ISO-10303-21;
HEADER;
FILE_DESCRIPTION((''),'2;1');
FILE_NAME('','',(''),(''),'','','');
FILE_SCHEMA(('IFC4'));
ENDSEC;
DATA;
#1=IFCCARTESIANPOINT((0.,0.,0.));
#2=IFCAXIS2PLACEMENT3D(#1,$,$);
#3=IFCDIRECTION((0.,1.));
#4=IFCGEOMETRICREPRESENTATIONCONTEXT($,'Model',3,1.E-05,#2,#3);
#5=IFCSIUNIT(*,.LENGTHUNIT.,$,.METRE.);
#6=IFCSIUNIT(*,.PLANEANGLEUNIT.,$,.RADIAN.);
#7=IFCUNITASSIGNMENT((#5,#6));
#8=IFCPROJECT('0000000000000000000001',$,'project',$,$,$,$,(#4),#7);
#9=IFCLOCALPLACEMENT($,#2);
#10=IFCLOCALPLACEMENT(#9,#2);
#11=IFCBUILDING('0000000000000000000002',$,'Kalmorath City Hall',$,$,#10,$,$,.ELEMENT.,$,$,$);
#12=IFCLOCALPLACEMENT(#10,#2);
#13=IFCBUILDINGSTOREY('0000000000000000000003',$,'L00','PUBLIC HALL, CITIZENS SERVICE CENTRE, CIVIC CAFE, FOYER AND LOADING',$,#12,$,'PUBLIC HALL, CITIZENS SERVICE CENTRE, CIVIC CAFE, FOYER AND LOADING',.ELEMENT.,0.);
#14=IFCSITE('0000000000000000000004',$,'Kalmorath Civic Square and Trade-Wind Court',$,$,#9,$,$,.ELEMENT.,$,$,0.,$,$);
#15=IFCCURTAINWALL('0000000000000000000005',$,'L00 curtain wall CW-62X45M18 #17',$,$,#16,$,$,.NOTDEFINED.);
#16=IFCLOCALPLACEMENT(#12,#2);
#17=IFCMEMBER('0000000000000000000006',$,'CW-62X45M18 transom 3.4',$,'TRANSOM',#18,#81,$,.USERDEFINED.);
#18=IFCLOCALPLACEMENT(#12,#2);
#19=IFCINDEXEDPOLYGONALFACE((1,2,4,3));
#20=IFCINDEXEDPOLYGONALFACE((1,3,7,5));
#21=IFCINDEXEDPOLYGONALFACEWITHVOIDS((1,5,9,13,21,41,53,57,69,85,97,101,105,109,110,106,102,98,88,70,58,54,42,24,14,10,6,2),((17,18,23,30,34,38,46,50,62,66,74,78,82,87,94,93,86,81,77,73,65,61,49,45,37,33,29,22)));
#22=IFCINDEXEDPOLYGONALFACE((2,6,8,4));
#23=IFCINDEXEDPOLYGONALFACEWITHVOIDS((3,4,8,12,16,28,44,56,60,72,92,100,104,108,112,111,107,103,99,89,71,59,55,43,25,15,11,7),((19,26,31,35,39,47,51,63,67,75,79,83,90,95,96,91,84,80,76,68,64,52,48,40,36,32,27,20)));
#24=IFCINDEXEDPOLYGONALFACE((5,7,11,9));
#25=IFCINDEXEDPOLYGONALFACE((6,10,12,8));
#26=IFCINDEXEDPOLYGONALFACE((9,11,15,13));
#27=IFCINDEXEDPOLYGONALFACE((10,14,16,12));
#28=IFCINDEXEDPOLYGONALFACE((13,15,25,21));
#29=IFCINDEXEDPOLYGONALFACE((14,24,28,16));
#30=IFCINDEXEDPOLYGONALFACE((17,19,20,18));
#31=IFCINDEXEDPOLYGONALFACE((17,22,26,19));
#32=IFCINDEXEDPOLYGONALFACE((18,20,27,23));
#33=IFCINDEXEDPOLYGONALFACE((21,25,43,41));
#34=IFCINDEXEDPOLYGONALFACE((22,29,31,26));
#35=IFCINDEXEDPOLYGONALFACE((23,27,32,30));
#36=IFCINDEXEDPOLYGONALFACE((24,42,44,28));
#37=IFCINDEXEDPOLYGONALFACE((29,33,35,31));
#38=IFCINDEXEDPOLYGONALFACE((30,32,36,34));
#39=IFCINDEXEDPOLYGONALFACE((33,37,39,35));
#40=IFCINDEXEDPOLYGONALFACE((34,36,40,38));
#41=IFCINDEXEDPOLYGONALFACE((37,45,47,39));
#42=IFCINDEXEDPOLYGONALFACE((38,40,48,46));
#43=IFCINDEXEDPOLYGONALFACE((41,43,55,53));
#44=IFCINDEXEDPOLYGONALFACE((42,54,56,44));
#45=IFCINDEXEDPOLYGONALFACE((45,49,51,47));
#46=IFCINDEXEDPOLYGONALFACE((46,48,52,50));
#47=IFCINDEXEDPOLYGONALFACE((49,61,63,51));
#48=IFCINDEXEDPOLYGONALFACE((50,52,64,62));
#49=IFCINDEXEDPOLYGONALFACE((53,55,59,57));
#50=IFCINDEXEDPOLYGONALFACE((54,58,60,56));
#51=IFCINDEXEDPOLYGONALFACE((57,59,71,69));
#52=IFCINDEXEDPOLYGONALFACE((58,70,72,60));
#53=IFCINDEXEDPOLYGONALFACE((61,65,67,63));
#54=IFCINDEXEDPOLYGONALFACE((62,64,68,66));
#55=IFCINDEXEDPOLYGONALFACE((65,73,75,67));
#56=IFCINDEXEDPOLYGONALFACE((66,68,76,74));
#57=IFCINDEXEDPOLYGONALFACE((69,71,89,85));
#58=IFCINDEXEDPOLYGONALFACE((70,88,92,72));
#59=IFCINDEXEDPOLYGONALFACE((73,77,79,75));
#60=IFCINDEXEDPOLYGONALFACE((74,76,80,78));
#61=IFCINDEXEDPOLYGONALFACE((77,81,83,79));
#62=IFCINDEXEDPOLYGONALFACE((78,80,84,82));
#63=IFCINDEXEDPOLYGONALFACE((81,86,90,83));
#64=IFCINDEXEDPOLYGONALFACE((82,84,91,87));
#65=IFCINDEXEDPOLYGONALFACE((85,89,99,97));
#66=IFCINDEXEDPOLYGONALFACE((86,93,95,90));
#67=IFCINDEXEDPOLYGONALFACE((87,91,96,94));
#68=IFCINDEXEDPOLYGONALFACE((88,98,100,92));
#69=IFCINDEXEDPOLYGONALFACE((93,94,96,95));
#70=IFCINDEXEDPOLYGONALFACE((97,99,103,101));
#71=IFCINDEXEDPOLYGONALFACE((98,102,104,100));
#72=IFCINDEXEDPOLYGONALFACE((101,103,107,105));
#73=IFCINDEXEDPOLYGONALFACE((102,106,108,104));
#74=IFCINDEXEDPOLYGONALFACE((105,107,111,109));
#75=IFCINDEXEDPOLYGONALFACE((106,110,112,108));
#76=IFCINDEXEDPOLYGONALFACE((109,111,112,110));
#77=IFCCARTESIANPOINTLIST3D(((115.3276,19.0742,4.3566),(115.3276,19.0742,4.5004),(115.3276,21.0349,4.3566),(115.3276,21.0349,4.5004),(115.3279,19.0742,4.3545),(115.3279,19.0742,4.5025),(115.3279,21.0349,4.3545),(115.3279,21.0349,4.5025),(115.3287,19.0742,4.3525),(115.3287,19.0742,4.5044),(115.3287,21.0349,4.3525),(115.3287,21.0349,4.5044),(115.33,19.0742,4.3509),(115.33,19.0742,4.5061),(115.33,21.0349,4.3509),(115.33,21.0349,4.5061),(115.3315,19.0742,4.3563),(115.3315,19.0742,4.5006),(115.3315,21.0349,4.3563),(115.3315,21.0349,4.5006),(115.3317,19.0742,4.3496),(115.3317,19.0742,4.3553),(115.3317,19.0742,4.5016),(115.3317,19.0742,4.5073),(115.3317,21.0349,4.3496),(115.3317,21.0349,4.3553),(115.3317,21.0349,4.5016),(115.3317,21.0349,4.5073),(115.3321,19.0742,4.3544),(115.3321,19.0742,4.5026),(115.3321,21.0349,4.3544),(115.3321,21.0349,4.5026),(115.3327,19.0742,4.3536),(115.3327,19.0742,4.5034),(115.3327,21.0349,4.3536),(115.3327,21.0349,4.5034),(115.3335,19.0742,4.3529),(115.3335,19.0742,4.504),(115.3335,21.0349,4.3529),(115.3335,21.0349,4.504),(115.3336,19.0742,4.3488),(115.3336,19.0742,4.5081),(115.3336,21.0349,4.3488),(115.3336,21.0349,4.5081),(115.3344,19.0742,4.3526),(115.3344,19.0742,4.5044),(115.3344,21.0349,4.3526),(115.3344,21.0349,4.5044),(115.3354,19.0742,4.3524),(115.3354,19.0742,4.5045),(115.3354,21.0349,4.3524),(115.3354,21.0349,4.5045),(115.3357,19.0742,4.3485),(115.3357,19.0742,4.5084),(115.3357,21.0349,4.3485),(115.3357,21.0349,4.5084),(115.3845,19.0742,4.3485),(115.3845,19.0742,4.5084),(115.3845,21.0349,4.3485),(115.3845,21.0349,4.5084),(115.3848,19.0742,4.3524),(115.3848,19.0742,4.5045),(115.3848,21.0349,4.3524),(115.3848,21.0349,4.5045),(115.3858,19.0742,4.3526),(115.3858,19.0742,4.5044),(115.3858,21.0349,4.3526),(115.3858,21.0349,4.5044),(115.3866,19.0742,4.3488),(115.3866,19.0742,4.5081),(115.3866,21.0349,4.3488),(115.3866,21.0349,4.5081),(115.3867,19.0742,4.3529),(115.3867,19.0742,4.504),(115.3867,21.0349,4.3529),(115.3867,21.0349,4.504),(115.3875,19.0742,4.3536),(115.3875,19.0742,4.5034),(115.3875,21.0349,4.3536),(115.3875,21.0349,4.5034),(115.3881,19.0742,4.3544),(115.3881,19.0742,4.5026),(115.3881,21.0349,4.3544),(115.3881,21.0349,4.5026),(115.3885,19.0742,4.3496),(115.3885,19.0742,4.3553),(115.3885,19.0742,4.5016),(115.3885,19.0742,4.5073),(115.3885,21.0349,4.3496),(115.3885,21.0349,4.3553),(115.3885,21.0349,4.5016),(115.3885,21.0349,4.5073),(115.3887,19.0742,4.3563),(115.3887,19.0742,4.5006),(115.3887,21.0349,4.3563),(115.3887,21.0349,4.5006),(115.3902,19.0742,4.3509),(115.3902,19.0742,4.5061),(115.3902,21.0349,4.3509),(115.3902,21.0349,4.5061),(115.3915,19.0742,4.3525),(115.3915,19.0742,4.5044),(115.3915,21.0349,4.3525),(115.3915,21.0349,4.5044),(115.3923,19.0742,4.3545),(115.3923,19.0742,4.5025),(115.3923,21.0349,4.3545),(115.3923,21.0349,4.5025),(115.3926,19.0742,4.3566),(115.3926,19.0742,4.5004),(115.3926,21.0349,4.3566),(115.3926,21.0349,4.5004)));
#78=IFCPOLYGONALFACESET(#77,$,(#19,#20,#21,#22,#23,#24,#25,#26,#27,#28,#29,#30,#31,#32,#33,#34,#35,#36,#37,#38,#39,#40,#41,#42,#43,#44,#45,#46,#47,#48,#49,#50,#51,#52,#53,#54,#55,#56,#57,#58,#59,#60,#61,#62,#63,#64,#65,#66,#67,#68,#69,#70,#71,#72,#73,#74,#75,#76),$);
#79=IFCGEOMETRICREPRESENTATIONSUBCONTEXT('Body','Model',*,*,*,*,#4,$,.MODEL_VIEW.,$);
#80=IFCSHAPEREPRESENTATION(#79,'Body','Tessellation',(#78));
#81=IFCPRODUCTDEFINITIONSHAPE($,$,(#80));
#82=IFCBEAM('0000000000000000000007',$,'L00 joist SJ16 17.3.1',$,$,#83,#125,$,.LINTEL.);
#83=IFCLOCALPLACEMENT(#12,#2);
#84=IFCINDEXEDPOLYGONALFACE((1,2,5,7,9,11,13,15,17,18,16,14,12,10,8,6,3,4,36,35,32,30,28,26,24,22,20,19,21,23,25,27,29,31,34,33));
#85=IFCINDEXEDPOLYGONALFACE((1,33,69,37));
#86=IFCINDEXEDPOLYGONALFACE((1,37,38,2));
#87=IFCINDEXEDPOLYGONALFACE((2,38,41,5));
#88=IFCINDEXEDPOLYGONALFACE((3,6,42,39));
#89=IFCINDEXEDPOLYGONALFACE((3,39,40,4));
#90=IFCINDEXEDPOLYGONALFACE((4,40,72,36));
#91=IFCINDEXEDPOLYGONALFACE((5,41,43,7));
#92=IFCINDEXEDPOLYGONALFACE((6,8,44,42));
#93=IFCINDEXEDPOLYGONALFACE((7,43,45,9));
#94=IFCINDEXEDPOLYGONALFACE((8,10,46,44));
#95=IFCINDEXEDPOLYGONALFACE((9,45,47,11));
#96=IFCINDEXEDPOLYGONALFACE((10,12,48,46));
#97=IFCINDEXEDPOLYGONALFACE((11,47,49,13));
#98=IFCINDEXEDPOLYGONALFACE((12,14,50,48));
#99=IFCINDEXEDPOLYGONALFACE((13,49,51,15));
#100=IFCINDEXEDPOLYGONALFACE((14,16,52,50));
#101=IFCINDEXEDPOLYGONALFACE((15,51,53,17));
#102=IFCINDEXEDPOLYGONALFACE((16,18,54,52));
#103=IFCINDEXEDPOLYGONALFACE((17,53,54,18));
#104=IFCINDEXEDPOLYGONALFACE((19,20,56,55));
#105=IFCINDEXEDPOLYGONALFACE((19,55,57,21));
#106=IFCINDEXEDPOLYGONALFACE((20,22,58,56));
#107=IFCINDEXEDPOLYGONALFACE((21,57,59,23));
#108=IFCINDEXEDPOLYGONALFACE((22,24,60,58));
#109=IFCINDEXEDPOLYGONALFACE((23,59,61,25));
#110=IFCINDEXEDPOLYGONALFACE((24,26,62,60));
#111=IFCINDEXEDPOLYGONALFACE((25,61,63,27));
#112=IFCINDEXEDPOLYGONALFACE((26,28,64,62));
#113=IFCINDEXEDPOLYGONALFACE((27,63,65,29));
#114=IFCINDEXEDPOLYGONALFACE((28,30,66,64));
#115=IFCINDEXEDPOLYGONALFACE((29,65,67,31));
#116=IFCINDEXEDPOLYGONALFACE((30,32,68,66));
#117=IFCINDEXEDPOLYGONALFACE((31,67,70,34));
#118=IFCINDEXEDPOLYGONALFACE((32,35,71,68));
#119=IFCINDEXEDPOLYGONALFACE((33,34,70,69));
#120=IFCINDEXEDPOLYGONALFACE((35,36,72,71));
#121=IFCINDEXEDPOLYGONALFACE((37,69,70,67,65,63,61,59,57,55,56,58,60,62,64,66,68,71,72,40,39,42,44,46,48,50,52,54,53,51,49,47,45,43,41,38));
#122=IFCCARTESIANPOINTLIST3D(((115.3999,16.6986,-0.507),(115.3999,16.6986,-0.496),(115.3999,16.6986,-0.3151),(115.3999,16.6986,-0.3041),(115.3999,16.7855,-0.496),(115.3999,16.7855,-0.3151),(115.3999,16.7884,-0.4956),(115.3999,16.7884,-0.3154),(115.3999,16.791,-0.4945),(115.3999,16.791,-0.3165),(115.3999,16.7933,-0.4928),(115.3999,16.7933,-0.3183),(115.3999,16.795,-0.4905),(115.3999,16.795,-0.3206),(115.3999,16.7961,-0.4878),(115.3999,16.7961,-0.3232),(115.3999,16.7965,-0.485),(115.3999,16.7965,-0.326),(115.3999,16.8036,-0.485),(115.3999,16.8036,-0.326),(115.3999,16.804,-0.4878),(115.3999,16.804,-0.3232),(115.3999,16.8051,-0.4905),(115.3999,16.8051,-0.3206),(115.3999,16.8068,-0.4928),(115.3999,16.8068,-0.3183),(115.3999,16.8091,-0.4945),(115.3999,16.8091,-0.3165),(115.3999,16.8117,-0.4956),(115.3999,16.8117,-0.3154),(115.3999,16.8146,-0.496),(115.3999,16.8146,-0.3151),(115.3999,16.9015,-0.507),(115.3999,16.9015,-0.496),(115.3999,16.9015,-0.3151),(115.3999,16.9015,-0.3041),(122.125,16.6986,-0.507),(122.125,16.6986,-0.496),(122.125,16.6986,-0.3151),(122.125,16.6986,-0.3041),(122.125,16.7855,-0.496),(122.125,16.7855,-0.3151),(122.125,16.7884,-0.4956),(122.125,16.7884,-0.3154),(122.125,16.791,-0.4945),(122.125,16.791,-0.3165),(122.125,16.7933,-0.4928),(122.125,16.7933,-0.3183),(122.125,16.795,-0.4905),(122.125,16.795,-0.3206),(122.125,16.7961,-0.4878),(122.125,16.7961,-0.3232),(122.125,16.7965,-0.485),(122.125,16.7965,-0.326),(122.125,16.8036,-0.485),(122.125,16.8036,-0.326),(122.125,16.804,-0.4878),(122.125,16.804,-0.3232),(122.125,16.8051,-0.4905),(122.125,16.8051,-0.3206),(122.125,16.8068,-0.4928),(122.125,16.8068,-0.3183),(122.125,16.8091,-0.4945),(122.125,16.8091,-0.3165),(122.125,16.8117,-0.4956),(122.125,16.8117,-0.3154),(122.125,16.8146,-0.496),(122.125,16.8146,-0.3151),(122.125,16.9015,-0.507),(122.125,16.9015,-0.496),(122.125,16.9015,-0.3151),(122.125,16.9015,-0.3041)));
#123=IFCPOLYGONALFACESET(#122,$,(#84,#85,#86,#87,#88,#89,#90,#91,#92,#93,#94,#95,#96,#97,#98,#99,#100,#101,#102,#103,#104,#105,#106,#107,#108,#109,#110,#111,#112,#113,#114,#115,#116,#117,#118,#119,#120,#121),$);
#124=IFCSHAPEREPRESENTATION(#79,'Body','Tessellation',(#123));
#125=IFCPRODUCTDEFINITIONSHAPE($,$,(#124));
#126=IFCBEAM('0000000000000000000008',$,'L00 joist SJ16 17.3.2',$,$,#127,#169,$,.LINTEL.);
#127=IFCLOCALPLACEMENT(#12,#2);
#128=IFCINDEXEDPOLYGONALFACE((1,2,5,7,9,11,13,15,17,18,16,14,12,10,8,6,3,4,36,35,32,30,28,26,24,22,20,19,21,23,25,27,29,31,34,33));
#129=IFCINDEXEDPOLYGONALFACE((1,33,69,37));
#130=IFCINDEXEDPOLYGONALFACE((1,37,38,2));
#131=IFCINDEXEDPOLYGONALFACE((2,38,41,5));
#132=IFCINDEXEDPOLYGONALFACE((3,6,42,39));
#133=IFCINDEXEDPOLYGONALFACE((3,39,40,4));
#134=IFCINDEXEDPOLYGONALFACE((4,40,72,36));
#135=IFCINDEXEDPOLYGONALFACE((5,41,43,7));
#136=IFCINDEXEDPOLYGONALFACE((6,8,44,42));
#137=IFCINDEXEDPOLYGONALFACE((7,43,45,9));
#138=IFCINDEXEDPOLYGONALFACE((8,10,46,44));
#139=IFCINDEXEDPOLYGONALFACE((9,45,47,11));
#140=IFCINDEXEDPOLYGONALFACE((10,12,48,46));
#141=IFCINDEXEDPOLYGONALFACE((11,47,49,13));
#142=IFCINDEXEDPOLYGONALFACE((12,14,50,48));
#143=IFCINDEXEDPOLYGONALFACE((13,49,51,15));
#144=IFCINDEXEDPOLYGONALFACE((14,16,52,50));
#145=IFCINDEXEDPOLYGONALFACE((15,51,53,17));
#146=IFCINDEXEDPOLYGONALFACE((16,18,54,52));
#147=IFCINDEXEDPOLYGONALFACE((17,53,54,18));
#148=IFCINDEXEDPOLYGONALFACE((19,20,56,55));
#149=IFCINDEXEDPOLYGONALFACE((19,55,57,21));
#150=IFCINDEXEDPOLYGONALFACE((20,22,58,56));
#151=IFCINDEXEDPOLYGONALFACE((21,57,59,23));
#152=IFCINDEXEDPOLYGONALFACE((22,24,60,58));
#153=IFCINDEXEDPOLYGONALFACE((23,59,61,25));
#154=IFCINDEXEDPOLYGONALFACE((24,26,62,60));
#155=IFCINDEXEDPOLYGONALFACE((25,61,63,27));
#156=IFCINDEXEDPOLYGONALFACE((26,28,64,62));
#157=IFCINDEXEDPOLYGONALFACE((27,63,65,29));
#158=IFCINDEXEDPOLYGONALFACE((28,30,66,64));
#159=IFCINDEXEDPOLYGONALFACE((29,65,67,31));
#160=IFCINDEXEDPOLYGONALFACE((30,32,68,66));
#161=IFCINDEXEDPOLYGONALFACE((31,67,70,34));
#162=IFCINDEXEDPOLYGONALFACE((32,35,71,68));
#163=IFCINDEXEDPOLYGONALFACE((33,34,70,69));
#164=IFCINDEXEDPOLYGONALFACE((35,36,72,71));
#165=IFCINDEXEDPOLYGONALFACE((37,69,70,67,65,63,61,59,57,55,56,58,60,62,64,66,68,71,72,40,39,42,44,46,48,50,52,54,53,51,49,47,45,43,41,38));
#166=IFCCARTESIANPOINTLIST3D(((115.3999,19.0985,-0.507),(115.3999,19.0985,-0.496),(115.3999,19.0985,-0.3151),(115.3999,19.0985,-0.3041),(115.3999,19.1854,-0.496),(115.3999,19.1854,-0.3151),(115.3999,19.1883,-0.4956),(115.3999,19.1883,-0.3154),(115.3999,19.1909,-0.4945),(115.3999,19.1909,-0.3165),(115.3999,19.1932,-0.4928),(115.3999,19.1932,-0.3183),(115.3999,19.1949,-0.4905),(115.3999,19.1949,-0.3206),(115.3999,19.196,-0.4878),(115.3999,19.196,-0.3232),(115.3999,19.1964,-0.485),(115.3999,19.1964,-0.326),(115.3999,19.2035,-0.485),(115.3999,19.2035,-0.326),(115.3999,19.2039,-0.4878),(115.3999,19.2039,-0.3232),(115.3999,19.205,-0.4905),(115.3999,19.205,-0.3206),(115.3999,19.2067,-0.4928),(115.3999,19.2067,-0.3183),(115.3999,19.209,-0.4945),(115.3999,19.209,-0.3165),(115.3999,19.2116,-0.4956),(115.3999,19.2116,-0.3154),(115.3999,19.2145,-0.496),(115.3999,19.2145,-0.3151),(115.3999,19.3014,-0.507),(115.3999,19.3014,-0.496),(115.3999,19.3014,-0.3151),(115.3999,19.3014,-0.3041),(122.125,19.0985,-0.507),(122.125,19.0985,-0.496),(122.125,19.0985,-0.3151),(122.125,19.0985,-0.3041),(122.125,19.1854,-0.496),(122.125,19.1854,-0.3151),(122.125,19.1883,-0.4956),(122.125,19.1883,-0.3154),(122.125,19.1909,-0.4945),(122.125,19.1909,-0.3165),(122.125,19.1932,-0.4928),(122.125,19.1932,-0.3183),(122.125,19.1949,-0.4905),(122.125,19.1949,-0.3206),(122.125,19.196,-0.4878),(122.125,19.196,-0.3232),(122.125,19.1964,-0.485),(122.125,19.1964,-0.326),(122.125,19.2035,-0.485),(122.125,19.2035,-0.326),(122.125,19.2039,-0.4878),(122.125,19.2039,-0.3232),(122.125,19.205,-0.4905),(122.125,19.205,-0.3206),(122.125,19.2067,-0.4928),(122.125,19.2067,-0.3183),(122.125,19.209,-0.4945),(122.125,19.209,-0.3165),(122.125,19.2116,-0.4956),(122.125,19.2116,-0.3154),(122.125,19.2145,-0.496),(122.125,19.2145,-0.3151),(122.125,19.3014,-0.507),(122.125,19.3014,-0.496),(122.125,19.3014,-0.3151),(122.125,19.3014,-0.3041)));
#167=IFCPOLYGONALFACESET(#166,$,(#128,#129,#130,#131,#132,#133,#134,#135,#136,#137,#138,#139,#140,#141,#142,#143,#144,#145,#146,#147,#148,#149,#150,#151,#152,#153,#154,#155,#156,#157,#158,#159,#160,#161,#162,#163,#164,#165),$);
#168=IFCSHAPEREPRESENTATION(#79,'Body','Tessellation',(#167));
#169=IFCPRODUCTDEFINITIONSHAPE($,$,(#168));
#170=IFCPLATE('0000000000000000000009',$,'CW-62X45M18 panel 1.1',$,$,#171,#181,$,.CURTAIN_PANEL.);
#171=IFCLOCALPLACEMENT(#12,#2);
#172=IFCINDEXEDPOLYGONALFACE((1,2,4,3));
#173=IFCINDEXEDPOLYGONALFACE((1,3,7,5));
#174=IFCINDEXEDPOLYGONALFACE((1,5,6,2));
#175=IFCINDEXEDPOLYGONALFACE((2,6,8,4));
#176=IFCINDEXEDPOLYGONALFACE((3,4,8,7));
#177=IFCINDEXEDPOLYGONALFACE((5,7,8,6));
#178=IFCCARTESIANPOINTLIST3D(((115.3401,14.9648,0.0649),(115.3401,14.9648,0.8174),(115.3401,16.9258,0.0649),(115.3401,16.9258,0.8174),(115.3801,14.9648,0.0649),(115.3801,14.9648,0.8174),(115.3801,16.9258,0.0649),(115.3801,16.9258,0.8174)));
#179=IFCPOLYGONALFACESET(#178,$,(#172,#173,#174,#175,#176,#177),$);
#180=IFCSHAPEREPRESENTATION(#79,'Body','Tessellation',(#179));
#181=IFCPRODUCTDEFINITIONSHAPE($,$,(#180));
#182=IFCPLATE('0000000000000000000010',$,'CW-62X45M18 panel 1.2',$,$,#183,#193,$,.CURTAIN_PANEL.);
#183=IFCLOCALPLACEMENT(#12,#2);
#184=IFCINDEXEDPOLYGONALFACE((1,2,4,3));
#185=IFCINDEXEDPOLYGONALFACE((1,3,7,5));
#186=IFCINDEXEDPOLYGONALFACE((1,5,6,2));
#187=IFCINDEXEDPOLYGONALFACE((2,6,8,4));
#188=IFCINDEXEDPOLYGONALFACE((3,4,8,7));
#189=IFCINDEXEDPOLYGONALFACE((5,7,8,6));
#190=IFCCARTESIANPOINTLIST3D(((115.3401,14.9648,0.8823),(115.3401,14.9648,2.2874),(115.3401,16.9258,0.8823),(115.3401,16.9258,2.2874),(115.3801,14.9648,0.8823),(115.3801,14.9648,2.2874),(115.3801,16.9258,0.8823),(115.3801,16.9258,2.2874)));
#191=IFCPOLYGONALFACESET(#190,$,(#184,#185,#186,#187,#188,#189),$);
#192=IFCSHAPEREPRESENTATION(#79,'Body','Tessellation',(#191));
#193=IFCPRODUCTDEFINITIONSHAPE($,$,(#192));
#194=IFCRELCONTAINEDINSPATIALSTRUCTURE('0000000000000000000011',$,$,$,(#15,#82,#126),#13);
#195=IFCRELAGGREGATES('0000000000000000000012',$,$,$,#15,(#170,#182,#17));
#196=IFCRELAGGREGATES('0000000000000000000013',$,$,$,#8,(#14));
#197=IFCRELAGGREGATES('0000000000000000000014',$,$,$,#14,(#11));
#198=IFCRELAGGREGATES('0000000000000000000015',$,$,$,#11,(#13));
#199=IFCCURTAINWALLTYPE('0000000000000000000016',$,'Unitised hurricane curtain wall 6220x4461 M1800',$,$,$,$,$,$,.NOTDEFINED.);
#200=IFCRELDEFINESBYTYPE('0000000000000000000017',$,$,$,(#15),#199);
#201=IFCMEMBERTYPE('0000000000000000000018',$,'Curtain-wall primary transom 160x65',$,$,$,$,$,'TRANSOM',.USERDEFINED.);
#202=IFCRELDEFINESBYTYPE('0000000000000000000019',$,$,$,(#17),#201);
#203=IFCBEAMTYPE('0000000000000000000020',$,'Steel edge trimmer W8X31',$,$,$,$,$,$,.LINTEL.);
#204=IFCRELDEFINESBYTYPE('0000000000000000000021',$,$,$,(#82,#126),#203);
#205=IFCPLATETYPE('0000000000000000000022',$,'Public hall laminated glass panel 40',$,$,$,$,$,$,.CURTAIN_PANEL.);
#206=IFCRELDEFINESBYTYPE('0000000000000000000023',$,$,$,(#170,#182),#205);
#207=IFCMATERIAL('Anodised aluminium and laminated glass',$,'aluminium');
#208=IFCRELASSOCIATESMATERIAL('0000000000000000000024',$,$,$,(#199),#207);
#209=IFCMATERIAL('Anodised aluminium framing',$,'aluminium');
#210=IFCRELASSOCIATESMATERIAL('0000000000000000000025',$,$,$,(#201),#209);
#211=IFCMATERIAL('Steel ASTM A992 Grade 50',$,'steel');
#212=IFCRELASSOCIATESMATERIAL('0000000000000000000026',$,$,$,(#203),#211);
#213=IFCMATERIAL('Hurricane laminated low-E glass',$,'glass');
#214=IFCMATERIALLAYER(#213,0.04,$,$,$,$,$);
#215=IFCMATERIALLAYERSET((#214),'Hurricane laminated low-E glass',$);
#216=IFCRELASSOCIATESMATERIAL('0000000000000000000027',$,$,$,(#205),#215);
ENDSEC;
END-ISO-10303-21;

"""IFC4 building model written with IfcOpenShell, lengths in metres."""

from ifc_helpers import new_model, si_unit, direction, frame, origin, origin_2d, place, context, subcontext, project, spatial, rectangle, hollow_rectangle, i_section, extrude, material, layer, layer_set, material_profile, profile_set, type_object, element, aggregate, save


model = new_model("IFC4")

# Units and contexts
model_context = context("Model", 3, precision=1e-05, world=origin(), true_north=direction((0.0, 1.0)))
body_context = subcontext(model_context, "Body", "Model", "MODEL_VIEW")
ifc_project = project(units=[si_unit("LENGTHUNIT", "METRE"), si_unit("PLANEANGLEUNIT", "RADIAN")], contexts=[model_context])

# Site, building, storey
site_placement = place(None, origin())
site = spatial("IfcSite", under=ifc_project, at=site_placement, Name="Kalmorath Civic Square and Trade-Wind Court", CompositionType="ELEMENT", RefElevation=0.0)
building_placement = place(site_placement, origin())
building = spatial("IfcBuilding", under=site, at=building_placement, Name="Kalmorath City Hall", CompositionType="ELEMENT")
storey_placement = place(building_placement, origin())
storey = spatial("IfcBuildingStorey", under=building, at=storey_placement, Name="L00", Description="PUBLIC HALL, CITIZENS SERVICE CENTRE, CIVIC CAFE, FOYER AND LOADING", LongName="PUBLIC HALL, CITIZENS SERVICE CENTRE, CIVIC CAFE, FOYER AND LOADING", CompositionType="ELEMENT", Elevation=0.0)

# Curtain wall, member
ifc_material_1 = material(Name="Anodised aluminium and laminated glass", Category="aluminium")
curtain_wall_type = type_object("IfcCurtainWallType", Name="Unitised hurricane curtain wall 6220x4461 M1800", PredefinedType="NOTDEFINED", material=ifc_material_1)
curtain_wall_placement = place(storey_placement, origin())
curtain_wall = element("IfcCurtainWall", 1, at=curtain_wall_placement, inside=storey, type_object=curtain_wall_type, Name="L00 curtain wall CW-62X45M18 #17", PredefinedType="NOTDEFINED")
ifc_material_2 = material(Name="Anodised aluminium framing", Category="aluminium")
ifc_material_profile_1 = material_profile(ifc_material_2, hollow_rectangle(XDim=0.0649, YDim=0.1599, WallThickness=0.0039, InnerFilletRadius=0.0039, OuterFilletRadius=0.0081, at=origin_2d()), Name="ALU-TRN-160X65X4")
ifc_profile_set_1 = profile_set([ifc_material_profile_1], Name="Anodised aluminium framing")
member_type_1 = type_object("IfcMemberType", Name="Curtain-wall primary transom 160x65", ElementType="TRANSOM", PredefinedType="USERDEFINED", material=ifc_profile_set_1)
member_1_placement = place(storey_placement, frame((115.3601, 19.0742, 4.4285), z_axis=(0.0, 1.0, 0.0), x_axis=(-1.0, 0.0, 0.0)))
member_1 = element("IfcMember", 2, at=member_1_placement, type_object=member_type_1, Name="CW-62X45M18 transom 3.4", ObjectType="TRANSOM", PredefinedType="USERDEFINED", context=body_context, shape_type="SweptSolid", body=[
    extrude(hollow_rectangle(XDim=0.0649, YDim=0.1599, WallThickness=0.0039, InnerFilletRadius=0.0039, OuterFilletRadius=0.0081, at=origin_2d()), origin(), (0.0, 0.0, 1.0), 1.9607),
])

# Beams
ifc_material_3 = material(Name="Steel ASTM A992 Grade 50", Category="steel")
ifc_material_profile_2 = material_profile(ifc_material_3, i_section(OverallWidth=0.2029, OverallDepth=0.2029, WebThickness=0.0071, FlangeThickness=0.011, FilletRadius=0.011, at=origin_2d()), Name="W8X31")
ifc_profile_set_2 = profile_set([ifc_material_profile_2], Name="Steel ASTM A992 Grade 50")
beam_type_1 = type_object("IfcBeamType", Name="Steel edge trimmer W8X31", PredefinedType="LINTEL", material=ifc_profile_set_2)
for number, where, z_axis, x_axis, name in (
    (3, (115.3999, 16.8, -0.4055), (1.0, 0.0, 0.0), (0.0, 1.0, 0.0), "L00 joist SJ16 17.3.1"),
    (4, (115.3999, 19.2, -0.4055), (1.0, 0.0, 0.0), (0.0, 1.0, 0.0), "L00 joist SJ16 17.3.2"),
):
    element("IfcBeam", number, at=place(storey_placement, frame(where, z_axis=z_axis, x_axis=x_axis)), inside=storey, type_object=beam_type_1, Name=name, PredefinedType="LINTEL", context=body_context, shape_type="SweptSolid", body=[
        extrude(i_section(OverallWidth=0.2029, OverallDepth=0.2029, WebThickness=0.0071, FlangeThickness=0.011, FilletRadius=0.011, at=origin_2d()), origin(), (0.0, 0.0, 1.0), 6.7251),
    ])

# Plates
ifc_material_4 = material(Name="Hurricane laminated low-E glass", Category="glass")
ifc_layer = layer(ifc_material_4, 0.04)
ifc_layer_set = layer_set([ifc_layer], Name="Hurricane laminated low-E glass")
plate_type = type_object("IfcPlateType", Name="Public hall laminated glass panel 40", PredefinedType="CURTAIN_PANEL", material=ifc_layer_set)
plate_1_placement = place(storey_placement, frame((115.3601, 15.9453, 0.0649), z_axis=(0.0, 0.0, 1.0), x_axis=(0.0, 1.0, 0.0)))
plate_1 = element("IfcPlate", 5, at=plate_1_placement, type_object=plate_type, Name="CW-62X45M18 panel 1.1", PredefinedType="CURTAIN_PANEL", context=body_context, shape_type="SweptSolid", body=[
    extrude(rectangle(XDim=1.9609, YDim=0.04, at=origin_2d()), origin(), (0.0, 0.0, 1.0), 0.7524),
])
plate_2_placement = place(storey_placement, frame((115.3601, 15.9453, 0.8823), z_axis=(0.0, 0.0, 1.0), x_axis=(0.0, 1.0, 0.0)))
plate_2 = element("IfcPlate", 6, at=plate_2_placement, type_object=plate_type, Name="CW-62X45M18 panel 1.2", PredefinedType="CURTAIN_PANEL", context=body_context, shape_type="SweptSolid", body=[
    extrude(rectangle(XDim=1.9609, YDim=0.04, at=origin_2d()), origin(), (0.0, 0.0, 1.0), 1.405),
])
aggregate(curtain_wall, [plate_1, plate_2, member_1])

save(model, "model.ifc")
